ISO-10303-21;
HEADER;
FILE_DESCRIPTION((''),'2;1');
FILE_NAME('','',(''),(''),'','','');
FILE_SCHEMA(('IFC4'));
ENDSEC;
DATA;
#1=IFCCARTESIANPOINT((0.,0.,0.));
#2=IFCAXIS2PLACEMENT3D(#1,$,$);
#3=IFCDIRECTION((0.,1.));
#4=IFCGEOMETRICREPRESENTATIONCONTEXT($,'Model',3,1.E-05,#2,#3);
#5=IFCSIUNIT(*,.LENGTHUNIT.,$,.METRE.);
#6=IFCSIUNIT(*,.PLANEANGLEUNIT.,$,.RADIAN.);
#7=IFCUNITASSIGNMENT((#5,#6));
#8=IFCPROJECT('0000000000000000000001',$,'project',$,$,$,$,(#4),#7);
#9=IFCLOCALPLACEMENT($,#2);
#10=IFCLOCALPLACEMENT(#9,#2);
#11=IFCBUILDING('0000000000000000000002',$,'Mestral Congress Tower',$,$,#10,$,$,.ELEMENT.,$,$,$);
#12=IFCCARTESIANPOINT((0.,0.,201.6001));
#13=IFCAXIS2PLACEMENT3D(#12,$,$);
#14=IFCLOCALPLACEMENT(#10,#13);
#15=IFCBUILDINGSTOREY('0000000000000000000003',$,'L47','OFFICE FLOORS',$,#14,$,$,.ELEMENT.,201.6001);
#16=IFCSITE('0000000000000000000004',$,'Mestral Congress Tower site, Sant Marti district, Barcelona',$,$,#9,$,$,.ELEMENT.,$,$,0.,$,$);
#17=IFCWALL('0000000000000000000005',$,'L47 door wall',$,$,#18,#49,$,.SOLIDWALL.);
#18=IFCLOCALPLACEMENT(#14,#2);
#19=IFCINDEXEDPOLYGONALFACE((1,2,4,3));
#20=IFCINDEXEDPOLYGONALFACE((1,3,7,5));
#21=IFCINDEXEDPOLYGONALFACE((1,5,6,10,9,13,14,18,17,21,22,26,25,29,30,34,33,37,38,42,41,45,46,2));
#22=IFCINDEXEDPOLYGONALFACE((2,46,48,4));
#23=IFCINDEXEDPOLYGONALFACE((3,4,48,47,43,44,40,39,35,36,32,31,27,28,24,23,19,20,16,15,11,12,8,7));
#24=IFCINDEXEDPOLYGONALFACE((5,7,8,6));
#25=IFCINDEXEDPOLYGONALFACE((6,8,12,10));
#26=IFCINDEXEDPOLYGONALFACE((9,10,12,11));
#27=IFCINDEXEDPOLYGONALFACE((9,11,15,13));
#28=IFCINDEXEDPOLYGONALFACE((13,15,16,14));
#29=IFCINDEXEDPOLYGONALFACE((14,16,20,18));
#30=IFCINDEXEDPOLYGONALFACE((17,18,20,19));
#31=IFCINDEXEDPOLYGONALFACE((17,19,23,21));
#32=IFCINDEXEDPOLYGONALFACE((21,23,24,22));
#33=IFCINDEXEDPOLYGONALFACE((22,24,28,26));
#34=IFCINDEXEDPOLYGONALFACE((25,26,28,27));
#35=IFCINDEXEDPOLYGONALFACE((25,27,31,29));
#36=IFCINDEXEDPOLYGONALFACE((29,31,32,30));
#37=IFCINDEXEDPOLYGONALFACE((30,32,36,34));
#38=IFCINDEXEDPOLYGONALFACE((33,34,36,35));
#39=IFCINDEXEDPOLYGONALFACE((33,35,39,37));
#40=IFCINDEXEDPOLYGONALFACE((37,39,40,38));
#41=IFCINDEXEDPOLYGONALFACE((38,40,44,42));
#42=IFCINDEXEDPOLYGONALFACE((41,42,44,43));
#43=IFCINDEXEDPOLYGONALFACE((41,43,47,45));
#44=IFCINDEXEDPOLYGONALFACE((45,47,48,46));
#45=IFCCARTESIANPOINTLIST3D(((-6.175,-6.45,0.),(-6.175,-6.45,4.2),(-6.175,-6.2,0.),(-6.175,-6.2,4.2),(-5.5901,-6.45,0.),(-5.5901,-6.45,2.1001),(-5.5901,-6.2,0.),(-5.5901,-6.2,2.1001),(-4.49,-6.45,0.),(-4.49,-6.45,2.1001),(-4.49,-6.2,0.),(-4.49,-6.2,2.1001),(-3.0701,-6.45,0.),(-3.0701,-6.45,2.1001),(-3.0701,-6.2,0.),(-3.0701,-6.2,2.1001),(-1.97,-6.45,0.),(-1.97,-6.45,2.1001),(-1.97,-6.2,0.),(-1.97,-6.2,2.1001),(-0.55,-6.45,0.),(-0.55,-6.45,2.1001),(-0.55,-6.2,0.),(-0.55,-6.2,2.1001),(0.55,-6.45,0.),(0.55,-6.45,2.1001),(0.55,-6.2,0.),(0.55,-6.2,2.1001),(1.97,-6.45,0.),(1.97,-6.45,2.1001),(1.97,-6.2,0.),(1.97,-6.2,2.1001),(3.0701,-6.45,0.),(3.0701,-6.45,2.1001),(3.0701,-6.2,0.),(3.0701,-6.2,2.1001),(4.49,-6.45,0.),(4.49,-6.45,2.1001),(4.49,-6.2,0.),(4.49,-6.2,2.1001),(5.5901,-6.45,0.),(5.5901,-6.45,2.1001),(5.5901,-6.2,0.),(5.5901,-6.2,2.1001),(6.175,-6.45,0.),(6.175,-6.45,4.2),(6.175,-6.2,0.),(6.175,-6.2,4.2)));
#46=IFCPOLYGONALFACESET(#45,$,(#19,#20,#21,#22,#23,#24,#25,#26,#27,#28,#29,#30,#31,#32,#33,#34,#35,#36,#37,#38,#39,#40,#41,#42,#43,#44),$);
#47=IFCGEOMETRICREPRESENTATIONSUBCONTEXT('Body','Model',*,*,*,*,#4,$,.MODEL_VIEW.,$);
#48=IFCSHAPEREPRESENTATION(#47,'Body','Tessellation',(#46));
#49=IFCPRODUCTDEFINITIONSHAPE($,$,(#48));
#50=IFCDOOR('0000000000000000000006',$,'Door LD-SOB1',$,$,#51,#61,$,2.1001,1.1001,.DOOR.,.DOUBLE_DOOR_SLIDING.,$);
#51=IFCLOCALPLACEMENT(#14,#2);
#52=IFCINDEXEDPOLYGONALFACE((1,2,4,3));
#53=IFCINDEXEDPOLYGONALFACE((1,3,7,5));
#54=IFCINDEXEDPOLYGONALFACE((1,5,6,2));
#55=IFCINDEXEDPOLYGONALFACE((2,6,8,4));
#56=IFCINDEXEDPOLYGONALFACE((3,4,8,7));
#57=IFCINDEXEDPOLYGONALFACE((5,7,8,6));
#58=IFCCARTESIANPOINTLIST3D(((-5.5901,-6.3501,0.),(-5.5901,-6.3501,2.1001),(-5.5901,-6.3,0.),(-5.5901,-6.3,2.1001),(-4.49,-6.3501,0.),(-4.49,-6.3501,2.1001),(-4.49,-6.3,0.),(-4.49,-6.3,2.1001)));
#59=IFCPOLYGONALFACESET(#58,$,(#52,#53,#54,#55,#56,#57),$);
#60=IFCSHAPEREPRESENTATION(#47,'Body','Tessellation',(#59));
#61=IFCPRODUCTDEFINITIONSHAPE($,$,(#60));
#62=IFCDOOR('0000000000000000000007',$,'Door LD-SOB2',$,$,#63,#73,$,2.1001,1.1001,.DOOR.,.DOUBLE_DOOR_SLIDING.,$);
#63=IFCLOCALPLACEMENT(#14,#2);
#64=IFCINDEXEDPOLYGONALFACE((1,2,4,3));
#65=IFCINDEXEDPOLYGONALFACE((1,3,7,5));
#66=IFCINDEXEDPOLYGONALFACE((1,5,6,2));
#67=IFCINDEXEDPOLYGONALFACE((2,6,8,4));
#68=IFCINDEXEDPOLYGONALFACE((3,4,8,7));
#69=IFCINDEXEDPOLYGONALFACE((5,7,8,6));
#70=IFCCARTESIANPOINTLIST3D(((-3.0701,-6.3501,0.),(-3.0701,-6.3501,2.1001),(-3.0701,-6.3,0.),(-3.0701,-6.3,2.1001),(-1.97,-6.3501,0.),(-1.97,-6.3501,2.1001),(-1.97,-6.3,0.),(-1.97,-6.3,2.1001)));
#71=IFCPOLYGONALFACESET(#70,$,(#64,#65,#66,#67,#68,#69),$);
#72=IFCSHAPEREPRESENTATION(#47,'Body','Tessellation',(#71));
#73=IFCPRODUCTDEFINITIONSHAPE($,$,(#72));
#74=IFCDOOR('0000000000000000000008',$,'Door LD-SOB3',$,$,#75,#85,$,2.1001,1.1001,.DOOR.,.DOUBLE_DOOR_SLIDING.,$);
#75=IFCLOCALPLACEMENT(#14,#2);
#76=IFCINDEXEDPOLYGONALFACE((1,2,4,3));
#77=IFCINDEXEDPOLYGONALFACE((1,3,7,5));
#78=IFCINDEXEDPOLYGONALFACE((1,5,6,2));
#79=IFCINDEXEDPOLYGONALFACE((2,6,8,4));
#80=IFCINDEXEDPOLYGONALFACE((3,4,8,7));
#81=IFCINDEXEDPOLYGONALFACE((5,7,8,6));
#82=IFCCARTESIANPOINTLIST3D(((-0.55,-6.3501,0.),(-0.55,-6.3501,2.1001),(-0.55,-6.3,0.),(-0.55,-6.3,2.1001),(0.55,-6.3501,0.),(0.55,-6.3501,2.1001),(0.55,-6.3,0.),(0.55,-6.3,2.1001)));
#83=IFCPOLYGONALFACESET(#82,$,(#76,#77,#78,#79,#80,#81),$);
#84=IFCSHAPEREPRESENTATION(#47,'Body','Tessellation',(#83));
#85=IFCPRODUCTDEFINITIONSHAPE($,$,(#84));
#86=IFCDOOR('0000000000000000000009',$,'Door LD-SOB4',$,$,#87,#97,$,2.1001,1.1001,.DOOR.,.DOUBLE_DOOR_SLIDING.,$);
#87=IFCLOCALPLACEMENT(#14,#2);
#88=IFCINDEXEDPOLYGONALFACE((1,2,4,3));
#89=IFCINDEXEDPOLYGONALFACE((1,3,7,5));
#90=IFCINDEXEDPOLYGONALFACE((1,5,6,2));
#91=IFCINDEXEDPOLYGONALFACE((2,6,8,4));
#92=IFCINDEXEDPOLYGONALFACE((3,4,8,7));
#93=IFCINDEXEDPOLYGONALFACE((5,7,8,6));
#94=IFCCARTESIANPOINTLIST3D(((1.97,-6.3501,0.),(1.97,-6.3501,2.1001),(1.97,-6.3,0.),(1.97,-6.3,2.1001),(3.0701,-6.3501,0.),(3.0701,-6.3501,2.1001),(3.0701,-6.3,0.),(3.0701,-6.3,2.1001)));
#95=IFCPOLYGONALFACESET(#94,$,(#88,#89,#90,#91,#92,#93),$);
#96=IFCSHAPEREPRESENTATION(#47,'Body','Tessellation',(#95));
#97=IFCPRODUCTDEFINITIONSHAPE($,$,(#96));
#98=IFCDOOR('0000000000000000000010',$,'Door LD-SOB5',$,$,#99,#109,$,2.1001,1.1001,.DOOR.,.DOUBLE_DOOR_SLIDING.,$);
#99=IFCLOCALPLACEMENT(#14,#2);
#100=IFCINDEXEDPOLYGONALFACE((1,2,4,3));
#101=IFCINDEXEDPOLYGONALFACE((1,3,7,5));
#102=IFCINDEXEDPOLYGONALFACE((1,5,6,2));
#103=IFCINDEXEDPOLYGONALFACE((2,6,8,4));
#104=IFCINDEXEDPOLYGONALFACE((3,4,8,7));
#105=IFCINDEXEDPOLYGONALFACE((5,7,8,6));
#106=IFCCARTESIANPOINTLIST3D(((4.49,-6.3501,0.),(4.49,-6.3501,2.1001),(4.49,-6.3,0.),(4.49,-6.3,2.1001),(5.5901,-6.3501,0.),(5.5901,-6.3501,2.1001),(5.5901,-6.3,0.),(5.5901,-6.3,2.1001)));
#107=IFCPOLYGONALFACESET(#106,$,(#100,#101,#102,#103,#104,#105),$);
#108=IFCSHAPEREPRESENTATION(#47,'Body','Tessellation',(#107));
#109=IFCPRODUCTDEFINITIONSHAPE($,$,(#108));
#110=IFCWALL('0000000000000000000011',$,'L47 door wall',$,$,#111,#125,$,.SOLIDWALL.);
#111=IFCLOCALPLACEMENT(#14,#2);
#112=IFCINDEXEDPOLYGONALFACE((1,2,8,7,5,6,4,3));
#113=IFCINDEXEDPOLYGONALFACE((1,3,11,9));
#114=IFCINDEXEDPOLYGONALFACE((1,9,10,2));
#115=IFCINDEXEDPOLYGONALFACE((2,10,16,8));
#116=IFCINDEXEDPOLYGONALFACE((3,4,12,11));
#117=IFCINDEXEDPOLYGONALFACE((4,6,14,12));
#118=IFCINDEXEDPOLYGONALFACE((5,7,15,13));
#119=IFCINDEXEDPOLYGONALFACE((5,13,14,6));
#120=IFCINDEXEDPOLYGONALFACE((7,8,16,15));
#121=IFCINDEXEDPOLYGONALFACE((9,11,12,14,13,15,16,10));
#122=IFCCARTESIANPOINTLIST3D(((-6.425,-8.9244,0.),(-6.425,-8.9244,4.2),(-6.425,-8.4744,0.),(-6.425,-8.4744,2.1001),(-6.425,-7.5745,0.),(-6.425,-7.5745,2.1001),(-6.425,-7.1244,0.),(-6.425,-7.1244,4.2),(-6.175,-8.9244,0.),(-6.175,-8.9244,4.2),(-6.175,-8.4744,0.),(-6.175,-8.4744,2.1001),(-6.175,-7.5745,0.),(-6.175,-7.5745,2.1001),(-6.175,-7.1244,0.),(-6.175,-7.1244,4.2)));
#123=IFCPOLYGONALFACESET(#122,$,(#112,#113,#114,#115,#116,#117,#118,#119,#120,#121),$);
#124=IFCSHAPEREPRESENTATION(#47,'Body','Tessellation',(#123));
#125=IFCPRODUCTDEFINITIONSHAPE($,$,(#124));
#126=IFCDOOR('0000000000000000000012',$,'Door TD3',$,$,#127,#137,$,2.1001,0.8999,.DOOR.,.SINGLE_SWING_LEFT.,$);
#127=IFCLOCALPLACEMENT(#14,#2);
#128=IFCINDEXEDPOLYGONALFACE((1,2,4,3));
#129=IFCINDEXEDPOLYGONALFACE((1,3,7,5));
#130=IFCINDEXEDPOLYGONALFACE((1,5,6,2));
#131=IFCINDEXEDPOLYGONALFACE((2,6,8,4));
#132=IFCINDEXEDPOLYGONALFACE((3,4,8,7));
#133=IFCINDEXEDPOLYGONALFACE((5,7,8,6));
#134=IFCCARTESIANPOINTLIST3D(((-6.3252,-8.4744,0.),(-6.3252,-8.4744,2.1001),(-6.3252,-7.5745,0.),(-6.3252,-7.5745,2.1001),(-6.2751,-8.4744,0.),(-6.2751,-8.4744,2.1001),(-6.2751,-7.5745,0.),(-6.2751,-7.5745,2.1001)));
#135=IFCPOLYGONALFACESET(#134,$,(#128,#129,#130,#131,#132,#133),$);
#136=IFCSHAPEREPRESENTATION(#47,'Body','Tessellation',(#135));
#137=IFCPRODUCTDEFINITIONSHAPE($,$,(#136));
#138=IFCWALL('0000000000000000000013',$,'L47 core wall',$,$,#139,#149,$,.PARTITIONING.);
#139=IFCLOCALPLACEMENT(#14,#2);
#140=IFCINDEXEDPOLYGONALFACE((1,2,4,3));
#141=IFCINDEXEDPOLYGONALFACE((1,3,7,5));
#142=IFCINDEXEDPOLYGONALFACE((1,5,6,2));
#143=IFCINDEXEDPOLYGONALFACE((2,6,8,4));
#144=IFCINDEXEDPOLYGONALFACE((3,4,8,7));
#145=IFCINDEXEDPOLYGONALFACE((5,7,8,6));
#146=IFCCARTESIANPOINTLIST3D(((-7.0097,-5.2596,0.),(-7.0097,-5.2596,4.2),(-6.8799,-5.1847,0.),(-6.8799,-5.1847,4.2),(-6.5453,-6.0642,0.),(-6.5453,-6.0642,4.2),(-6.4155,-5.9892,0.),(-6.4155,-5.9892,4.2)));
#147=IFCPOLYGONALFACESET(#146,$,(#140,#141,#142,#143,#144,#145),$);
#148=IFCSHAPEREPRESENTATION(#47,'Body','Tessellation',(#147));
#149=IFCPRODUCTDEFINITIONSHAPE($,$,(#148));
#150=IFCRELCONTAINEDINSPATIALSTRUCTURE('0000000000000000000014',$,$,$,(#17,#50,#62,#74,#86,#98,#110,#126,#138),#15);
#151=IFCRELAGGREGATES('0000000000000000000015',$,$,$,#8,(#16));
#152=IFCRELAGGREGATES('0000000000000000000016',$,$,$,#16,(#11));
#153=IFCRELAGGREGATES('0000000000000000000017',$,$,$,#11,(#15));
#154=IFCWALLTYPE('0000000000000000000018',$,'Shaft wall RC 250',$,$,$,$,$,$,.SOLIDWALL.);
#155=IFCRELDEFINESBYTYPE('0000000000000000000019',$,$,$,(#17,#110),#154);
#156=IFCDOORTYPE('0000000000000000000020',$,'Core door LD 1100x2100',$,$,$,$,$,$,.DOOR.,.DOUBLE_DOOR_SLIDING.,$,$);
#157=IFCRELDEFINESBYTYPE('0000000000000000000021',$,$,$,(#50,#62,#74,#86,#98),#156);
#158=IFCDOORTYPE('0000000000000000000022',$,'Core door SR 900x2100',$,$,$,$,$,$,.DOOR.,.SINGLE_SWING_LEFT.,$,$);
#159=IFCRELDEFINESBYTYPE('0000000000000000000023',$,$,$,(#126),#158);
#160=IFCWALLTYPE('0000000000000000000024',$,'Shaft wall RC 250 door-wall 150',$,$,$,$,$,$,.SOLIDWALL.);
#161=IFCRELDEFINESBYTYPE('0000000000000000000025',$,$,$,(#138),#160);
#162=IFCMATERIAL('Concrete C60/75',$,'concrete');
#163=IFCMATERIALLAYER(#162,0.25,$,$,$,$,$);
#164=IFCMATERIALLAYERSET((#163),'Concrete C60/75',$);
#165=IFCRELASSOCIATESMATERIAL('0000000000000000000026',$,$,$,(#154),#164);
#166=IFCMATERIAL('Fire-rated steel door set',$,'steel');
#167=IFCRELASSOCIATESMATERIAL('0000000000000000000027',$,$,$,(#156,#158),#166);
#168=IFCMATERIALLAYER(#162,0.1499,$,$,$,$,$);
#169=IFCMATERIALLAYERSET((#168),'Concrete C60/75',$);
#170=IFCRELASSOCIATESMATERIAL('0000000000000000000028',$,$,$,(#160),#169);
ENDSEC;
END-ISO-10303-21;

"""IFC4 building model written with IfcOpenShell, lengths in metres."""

from ifc_helpers import new_model, si_unit, direction, frame, frame_2d, origin, place, context, subcontext, project, spatial, rectangle, extrude, material, layer, layer_set, type_object, element, fill, save


model = new_model("IFC4")

# Units and contexts
model_context = context("Model", 3, precision=1e-05, world=origin(), true_north=direction((0.0, 1.0)))
body_context = subcontext(model_context, "Body", "Model", "MODEL_VIEW")
ifc_project = project(units=[si_unit("LENGTHUNIT", "METRE"), si_unit("PLANEANGLEUNIT", "RADIAN")], contexts=[model_context])

# Site, building, storey
site_placement = place(None, origin())
site = spatial("IfcSite", under=ifc_project, at=site_placement, Name="Mestral Congress Tower site, Sant Marti district, Barcelona", CompositionType="ELEMENT", RefElevation=0.0)
building_placement = place(site_placement, origin())
building = spatial("IfcBuilding", under=site, at=building_placement, Name="Mestral Congress Tower", CompositionType="ELEMENT")
storey_placement = place(building_placement, frame((0.0, 0.0, 201.6001)))
storey = spatial("IfcBuildingStorey", under=building, at=storey_placement, Name="L47", Description="OFFICE FLOORS", CompositionType="ELEMENT", Elevation=201.6001)

# Shared definitions
ifc_material_1 = material(Name="Concrete C60/75", Category="concrete")
ifc_layer_1 = layer(ifc_material_1, 0.25)
ifc_layer_set_1 = layer_set([ifc_layer_1], Name="Concrete C60/75")
wall_type_1 = type_object("IfcWallType", Name="Shaft wall RC 250", PredefinedType="SOLIDWALL", material=ifc_layer_set_1)

# Wall, openings, doors
wall_1_placement = place(storey_placement, frame((-6.175, -6.325, 0.0), z_axis=(0.0, 0.0, 1.0), x_axis=(1.0, 0.0, 0.0)))
wall_1 = element("IfcWall", 1, at=wall_1_placement, inside=storey, type_object=wall_type_1, Name="L47 door wall", PredefinedType="SOLIDWALL", context=body_context, shape_type="SweptSolid", body=[
    extrude(rectangle(XDim=12.3501, YDim=0.25, at=frame_2d((6.175, 0.0))), origin(), (0.0, 0.0, 1.0), 4.2),
])
opening_1_placement = place(wall_1_placement, frame((0.585, 0.0, 0.0)))
opening_1 = element("IfcOpeningElement", 2, at=opening_1_placement, cuts=wall_1, PredefinedType="OPENING", context=body_context, shape_type="SweptSolid", body=[
    extrude(rectangle(XDim=1.1001, YDim=2.1001, at=frame_2d((0.55, 1.05))), frame((0.0, 0.135, 0.0), z_axis=(0.0, -1.0, 0.0), x_axis=(1.0, 0.0, 0.0)), (0.0, 0.0, 1.0), 0.27),
])
opening_2_placement = place(wall_1_placement, frame((3.105, 0.0, 0.0)))
opening_2 = element("IfcOpeningElement", 3, at=opening_2_placement, cuts=wall_1, PredefinedType="OPENING", context=body_context, shape_type="SweptSolid", body=[
    extrude(rectangle(XDim=1.1001, YDim=2.1001, at=frame_2d((0.55, 1.05))), frame((0.0, 0.135, 0.0), z_axis=(0.0, -1.0, 0.0), x_axis=(1.0, 0.0, 0.0)), (0.0, 0.0, 1.0), 0.27),
])
opening_3_placement = place(wall_1_placement, frame((5.625, 0.0, 0.0)))
opening_3 = element("IfcOpeningElement", 4, at=opening_3_placement, cuts=wall_1, PredefinedType="OPENING", context=body_context, shape_type="SweptSolid", body=[
    extrude(rectangle(XDim=1.1001, YDim=2.1001, at=frame_2d((0.55, 1.05))), frame((0.0, 0.135, 0.0), z_axis=(0.0, -1.0, 0.0), x_axis=(1.0, 0.0, 0.0)), (0.0, 0.0, 1.0), 0.27),
])
opening_4_placement = place(wall_1_placement, frame((8.145, 0.0, 0.0)))
opening_4 = element("IfcOpeningElement", 5, at=opening_4_placement, cuts=wall_1, PredefinedType="OPENING", context=body_context, shape_type="SweptSolid", body=[
    extrude(rectangle(XDim=1.1001, YDim=2.1001, at=frame_2d((0.55, 1.05))), frame((0.0, 0.135, 0.0), z_axis=(0.0, -1.0, 0.0), x_axis=(1.0, 0.0, 0.0)), (0.0, 0.0, 1.0), 0.27),
])
opening_5_placement = place(wall_1_placement, frame((10.665, 0.0, 0.0)))
opening_5 = element("IfcOpeningElement", 6, at=opening_5_placement, cuts=wall_1, PredefinedType="OPENING", context=body_context, shape_type="SweptSolid", body=[
    extrude(rectangle(XDim=1.1001, YDim=2.1001, at=frame_2d((0.55, 1.05))), frame((0.0, 0.135, 0.0), z_axis=(0.0, -1.0, 0.0), x_axis=(1.0, 0.0, 0.0)), (0.0, 0.0, 1.0), 0.27),
])
ifc_material_2 = material(Name="Fire-rated steel door set", Category="steel")
door_type_1 = type_object("IfcDoorType", Name="Core door LD 1100x2100", OperationType="DOUBLE_DOOR_SLIDING", PredefinedType="DOOR", material=ifc_material_2)
door_1_placement = place(opening_1_placement, origin())
door_1 = element("IfcDoor", 7, at=door_1_placement, inside=storey, type_object=door_type_1, Name="Door LD-SOB1", OperationType="DOUBLE_DOOR_SLIDING", OverallHeight=2.1001, OverallWidth=1.1001, PredefinedType="DOOR", context=body_context, shape_type="SweptSolid", body=[
    extrude(rectangle(XDim=1.1001, YDim=2.1001, at=frame_2d((0.55, 1.05))), frame((0.0, 0.0249, 0.0), z_axis=(0.0, -1.0, 0.0), x_axis=(1.0, 0.0, 0.0)), (0.0, 0.0, 1.0), 0.05),
])
fill(opening_1, door_1)
door_2_placement = place(opening_2_placement, origin())
door_2 = element("IfcDoor", 8, at=door_2_placement, inside=storey, type_object=door_type_1, Name="Door LD-SOB2", OperationType="DOUBLE_DOOR_SLIDING", OverallHeight=2.1001, OverallWidth=1.1001, PredefinedType="DOOR", context=body_context, shape_type="SweptSolid", body=[
    extrude(rectangle(XDim=1.1001, YDim=2.1001, at=frame_2d((0.55, 1.05))), frame((0.0, 0.0249, 0.0), z_axis=(0.0, -1.0, 0.0), x_axis=(1.0, 0.0, 0.0)), (0.0, 0.0, 1.0), 0.05),
])
fill(opening_2, door_2)
door_3_placement = place(opening_3_placement, origin())
door_3 = element("IfcDoor", 9, at=door_3_placement, inside=storey, type_object=door_type_1, Name="Door LD-SOB3", OperationType="DOUBLE_DOOR_SLIDING", OverallHeight=2.1001, OverallWidth=1.1001, PredefinedType="DOOR", context=body_context, shape_type="SweptSolid", body=[
    extrude(rectangle(XDim=1.1001, YDim=2.1001, at=frame_2d((0.55, 1.05))), frame((0.0, 0.0249, 0.0), z_axis=(0.0, -1.0, 0.0), x_axis=(1.0, 0.0, 0.0)), (0.0, 0.0, 1.0), 0.05),
])
fill(opening_3, door_3)
door_4_placement = place(opening_4_placement, origin())
door_4 = element("IfcDoor", 10, at=door_4_placement, inside=storey, type_object=door_type_1, Name="Door LD-SOB4", OperationType="DOUBLE_DOOR_SLIDING", OverallHeight=2.1001, OverallWidth=1.1001, PredefinedType="DOOR", context=body_context, shape_type="SweptSolid", body=[
    extrude(rectangle(XDim=1.1001, YDim=2.1001, at=frame_2d((0.55, 1.05))), frame((0.0, 0.0249, 0.0), z_axis=(0.0, -1.0, 0.0), x_axis=(1.0, 0.0, 0.0)), (0.0, 0.0, 1.0), 0.05),
])
fill(opening_4, door_4)
door_5_placement = place(opening_5_placement, origin())
door_5 = element("IfcDoor", 11, at=door_5_placement, inside=storey, type_object=door_type_1, Name="Door LD-SOB5", OperationType="DOUBLE_DOOR_SLIDING", OverallHeight=2.1001, OverallWidth=1.1001, PredefinedType="DOOR", context=body_context, shape_type="SweptSolid", body=[
    extrude(rectangle(XDim=1.1001, YDim=2.1001, at=frame_2d((0.55, 1.05))), frame((0.0, 0.0249, 0.0), z_axis=(0.0, -1.0, 0.0), x_axis=(1.0, 0.0, 0.0)), (0.0, 0.0, 1.0), 0.05),
])
fill(opening_5, door_5)

# Wall, opening, door
wall_2_placement = place(storey_placement, frame((-6.3, -7.1245, 0.0), z_axis=(0.0, 0.0, 1.0), x_axis=(0.0, -1.0, 0.0)))
wall_2 = element("IfcWall", 12, at=wall_2_placement, inside=storey, type_object=wall_type_1, Name="L47 door wall", PredefinedType="SOLIDWALL", context=body_context, shape_type="SweptSolid", body=[
    extrude(rectangle(XDim=1.8, YDim=0.25, at=frame_2d((0.8999, 0.0))), origin(), (0.0, 0.0, 1.0), 4.2),
])
opening_6_placement = place(wall_2_placement, frame((0.45, 0.0, 0.0)))
opening_6 = element("IfcOpeningElement", 13, at=opening_6_placement, cuts=wall_2, PredefinedType="OPENING", context=body_context, shape_type="SweptSolid", body=[
    extrude(rectangle(XDim=0.8999, YDim=2.1001, at=frame_2d((0.45, 1.05))), frame((0.0, 0.135, 0.0), z_axis=(0.0, -1.0, 0.0), x_axis=(1.0, 0.0, 0.0)), (0.0, 0.0, 1.0), 0.27),
])
door_type_2 = type_object("IfcDoorType", Name="Core door SR 900x2100", OperationType="SINGLE_SWING_LEFT", PredefinedType="DOOR", material=ifc_material_2)
door_6_placement = place(opening_6_placement, origin())
door_6 = element("IfcDoor", 14, at=door_6_placement, inside=storey, type_object=door_type_2, Name="Door TD3", OperationType="SINGLE_SWING_LEFT", OverallHeight=2.1001, OverallWidth=0.8999, PredefinedType="DOOR", context=body_context, shape_type="SweptSolid", body=[
    extrude(rectangle(XDim=0.8999, YDim=2.1001, at=frame_2d((0.45, 1.05))), frame((0.0, 0.0249, 0.0), z_axis=(0.0, -1.0, 0.0), x_axis=(1.0, 0.0, 0.0)), (0.0, 0.0, 1.0), 0.05),
])
fill(opening_6, door_6)

# Wall
ifc_layer_2 = layer(ifc_material_1, 0.1499)
ifc_layer_set_2 = layer_set([ifc_layer_2], Name="Concrete C60/75")
wall_type_2 = type_object("IfcWallType", Name="Shaft wall RC 250 door-wall 150", PredefinedType="SOLIDWALL", material=ifc_layer_set_2)
wall_3_placement = place(storey_placement, frame((-6.4805, -6.0266, 0.0), z_axis=(0.0, 0.0, 1.0), x_axis=(-0.499927, 0.866067, 0.0)))
element("IfcWall", 15, at=wall_3_placement, inside=storey, type_object=wall_type_2, Name="L47 core wall", PredefinedType="PARTITIONING", context=body_context, shape_type="SweptSolid", body=[
    extrude(rectangle(XDim=0.929, YDim=0.1499, at=frame_2d((0.4644, 0.0))), origin(), (0.0, 0.0, 1.0), 4.2),
])

save(model, "model.ifc")
